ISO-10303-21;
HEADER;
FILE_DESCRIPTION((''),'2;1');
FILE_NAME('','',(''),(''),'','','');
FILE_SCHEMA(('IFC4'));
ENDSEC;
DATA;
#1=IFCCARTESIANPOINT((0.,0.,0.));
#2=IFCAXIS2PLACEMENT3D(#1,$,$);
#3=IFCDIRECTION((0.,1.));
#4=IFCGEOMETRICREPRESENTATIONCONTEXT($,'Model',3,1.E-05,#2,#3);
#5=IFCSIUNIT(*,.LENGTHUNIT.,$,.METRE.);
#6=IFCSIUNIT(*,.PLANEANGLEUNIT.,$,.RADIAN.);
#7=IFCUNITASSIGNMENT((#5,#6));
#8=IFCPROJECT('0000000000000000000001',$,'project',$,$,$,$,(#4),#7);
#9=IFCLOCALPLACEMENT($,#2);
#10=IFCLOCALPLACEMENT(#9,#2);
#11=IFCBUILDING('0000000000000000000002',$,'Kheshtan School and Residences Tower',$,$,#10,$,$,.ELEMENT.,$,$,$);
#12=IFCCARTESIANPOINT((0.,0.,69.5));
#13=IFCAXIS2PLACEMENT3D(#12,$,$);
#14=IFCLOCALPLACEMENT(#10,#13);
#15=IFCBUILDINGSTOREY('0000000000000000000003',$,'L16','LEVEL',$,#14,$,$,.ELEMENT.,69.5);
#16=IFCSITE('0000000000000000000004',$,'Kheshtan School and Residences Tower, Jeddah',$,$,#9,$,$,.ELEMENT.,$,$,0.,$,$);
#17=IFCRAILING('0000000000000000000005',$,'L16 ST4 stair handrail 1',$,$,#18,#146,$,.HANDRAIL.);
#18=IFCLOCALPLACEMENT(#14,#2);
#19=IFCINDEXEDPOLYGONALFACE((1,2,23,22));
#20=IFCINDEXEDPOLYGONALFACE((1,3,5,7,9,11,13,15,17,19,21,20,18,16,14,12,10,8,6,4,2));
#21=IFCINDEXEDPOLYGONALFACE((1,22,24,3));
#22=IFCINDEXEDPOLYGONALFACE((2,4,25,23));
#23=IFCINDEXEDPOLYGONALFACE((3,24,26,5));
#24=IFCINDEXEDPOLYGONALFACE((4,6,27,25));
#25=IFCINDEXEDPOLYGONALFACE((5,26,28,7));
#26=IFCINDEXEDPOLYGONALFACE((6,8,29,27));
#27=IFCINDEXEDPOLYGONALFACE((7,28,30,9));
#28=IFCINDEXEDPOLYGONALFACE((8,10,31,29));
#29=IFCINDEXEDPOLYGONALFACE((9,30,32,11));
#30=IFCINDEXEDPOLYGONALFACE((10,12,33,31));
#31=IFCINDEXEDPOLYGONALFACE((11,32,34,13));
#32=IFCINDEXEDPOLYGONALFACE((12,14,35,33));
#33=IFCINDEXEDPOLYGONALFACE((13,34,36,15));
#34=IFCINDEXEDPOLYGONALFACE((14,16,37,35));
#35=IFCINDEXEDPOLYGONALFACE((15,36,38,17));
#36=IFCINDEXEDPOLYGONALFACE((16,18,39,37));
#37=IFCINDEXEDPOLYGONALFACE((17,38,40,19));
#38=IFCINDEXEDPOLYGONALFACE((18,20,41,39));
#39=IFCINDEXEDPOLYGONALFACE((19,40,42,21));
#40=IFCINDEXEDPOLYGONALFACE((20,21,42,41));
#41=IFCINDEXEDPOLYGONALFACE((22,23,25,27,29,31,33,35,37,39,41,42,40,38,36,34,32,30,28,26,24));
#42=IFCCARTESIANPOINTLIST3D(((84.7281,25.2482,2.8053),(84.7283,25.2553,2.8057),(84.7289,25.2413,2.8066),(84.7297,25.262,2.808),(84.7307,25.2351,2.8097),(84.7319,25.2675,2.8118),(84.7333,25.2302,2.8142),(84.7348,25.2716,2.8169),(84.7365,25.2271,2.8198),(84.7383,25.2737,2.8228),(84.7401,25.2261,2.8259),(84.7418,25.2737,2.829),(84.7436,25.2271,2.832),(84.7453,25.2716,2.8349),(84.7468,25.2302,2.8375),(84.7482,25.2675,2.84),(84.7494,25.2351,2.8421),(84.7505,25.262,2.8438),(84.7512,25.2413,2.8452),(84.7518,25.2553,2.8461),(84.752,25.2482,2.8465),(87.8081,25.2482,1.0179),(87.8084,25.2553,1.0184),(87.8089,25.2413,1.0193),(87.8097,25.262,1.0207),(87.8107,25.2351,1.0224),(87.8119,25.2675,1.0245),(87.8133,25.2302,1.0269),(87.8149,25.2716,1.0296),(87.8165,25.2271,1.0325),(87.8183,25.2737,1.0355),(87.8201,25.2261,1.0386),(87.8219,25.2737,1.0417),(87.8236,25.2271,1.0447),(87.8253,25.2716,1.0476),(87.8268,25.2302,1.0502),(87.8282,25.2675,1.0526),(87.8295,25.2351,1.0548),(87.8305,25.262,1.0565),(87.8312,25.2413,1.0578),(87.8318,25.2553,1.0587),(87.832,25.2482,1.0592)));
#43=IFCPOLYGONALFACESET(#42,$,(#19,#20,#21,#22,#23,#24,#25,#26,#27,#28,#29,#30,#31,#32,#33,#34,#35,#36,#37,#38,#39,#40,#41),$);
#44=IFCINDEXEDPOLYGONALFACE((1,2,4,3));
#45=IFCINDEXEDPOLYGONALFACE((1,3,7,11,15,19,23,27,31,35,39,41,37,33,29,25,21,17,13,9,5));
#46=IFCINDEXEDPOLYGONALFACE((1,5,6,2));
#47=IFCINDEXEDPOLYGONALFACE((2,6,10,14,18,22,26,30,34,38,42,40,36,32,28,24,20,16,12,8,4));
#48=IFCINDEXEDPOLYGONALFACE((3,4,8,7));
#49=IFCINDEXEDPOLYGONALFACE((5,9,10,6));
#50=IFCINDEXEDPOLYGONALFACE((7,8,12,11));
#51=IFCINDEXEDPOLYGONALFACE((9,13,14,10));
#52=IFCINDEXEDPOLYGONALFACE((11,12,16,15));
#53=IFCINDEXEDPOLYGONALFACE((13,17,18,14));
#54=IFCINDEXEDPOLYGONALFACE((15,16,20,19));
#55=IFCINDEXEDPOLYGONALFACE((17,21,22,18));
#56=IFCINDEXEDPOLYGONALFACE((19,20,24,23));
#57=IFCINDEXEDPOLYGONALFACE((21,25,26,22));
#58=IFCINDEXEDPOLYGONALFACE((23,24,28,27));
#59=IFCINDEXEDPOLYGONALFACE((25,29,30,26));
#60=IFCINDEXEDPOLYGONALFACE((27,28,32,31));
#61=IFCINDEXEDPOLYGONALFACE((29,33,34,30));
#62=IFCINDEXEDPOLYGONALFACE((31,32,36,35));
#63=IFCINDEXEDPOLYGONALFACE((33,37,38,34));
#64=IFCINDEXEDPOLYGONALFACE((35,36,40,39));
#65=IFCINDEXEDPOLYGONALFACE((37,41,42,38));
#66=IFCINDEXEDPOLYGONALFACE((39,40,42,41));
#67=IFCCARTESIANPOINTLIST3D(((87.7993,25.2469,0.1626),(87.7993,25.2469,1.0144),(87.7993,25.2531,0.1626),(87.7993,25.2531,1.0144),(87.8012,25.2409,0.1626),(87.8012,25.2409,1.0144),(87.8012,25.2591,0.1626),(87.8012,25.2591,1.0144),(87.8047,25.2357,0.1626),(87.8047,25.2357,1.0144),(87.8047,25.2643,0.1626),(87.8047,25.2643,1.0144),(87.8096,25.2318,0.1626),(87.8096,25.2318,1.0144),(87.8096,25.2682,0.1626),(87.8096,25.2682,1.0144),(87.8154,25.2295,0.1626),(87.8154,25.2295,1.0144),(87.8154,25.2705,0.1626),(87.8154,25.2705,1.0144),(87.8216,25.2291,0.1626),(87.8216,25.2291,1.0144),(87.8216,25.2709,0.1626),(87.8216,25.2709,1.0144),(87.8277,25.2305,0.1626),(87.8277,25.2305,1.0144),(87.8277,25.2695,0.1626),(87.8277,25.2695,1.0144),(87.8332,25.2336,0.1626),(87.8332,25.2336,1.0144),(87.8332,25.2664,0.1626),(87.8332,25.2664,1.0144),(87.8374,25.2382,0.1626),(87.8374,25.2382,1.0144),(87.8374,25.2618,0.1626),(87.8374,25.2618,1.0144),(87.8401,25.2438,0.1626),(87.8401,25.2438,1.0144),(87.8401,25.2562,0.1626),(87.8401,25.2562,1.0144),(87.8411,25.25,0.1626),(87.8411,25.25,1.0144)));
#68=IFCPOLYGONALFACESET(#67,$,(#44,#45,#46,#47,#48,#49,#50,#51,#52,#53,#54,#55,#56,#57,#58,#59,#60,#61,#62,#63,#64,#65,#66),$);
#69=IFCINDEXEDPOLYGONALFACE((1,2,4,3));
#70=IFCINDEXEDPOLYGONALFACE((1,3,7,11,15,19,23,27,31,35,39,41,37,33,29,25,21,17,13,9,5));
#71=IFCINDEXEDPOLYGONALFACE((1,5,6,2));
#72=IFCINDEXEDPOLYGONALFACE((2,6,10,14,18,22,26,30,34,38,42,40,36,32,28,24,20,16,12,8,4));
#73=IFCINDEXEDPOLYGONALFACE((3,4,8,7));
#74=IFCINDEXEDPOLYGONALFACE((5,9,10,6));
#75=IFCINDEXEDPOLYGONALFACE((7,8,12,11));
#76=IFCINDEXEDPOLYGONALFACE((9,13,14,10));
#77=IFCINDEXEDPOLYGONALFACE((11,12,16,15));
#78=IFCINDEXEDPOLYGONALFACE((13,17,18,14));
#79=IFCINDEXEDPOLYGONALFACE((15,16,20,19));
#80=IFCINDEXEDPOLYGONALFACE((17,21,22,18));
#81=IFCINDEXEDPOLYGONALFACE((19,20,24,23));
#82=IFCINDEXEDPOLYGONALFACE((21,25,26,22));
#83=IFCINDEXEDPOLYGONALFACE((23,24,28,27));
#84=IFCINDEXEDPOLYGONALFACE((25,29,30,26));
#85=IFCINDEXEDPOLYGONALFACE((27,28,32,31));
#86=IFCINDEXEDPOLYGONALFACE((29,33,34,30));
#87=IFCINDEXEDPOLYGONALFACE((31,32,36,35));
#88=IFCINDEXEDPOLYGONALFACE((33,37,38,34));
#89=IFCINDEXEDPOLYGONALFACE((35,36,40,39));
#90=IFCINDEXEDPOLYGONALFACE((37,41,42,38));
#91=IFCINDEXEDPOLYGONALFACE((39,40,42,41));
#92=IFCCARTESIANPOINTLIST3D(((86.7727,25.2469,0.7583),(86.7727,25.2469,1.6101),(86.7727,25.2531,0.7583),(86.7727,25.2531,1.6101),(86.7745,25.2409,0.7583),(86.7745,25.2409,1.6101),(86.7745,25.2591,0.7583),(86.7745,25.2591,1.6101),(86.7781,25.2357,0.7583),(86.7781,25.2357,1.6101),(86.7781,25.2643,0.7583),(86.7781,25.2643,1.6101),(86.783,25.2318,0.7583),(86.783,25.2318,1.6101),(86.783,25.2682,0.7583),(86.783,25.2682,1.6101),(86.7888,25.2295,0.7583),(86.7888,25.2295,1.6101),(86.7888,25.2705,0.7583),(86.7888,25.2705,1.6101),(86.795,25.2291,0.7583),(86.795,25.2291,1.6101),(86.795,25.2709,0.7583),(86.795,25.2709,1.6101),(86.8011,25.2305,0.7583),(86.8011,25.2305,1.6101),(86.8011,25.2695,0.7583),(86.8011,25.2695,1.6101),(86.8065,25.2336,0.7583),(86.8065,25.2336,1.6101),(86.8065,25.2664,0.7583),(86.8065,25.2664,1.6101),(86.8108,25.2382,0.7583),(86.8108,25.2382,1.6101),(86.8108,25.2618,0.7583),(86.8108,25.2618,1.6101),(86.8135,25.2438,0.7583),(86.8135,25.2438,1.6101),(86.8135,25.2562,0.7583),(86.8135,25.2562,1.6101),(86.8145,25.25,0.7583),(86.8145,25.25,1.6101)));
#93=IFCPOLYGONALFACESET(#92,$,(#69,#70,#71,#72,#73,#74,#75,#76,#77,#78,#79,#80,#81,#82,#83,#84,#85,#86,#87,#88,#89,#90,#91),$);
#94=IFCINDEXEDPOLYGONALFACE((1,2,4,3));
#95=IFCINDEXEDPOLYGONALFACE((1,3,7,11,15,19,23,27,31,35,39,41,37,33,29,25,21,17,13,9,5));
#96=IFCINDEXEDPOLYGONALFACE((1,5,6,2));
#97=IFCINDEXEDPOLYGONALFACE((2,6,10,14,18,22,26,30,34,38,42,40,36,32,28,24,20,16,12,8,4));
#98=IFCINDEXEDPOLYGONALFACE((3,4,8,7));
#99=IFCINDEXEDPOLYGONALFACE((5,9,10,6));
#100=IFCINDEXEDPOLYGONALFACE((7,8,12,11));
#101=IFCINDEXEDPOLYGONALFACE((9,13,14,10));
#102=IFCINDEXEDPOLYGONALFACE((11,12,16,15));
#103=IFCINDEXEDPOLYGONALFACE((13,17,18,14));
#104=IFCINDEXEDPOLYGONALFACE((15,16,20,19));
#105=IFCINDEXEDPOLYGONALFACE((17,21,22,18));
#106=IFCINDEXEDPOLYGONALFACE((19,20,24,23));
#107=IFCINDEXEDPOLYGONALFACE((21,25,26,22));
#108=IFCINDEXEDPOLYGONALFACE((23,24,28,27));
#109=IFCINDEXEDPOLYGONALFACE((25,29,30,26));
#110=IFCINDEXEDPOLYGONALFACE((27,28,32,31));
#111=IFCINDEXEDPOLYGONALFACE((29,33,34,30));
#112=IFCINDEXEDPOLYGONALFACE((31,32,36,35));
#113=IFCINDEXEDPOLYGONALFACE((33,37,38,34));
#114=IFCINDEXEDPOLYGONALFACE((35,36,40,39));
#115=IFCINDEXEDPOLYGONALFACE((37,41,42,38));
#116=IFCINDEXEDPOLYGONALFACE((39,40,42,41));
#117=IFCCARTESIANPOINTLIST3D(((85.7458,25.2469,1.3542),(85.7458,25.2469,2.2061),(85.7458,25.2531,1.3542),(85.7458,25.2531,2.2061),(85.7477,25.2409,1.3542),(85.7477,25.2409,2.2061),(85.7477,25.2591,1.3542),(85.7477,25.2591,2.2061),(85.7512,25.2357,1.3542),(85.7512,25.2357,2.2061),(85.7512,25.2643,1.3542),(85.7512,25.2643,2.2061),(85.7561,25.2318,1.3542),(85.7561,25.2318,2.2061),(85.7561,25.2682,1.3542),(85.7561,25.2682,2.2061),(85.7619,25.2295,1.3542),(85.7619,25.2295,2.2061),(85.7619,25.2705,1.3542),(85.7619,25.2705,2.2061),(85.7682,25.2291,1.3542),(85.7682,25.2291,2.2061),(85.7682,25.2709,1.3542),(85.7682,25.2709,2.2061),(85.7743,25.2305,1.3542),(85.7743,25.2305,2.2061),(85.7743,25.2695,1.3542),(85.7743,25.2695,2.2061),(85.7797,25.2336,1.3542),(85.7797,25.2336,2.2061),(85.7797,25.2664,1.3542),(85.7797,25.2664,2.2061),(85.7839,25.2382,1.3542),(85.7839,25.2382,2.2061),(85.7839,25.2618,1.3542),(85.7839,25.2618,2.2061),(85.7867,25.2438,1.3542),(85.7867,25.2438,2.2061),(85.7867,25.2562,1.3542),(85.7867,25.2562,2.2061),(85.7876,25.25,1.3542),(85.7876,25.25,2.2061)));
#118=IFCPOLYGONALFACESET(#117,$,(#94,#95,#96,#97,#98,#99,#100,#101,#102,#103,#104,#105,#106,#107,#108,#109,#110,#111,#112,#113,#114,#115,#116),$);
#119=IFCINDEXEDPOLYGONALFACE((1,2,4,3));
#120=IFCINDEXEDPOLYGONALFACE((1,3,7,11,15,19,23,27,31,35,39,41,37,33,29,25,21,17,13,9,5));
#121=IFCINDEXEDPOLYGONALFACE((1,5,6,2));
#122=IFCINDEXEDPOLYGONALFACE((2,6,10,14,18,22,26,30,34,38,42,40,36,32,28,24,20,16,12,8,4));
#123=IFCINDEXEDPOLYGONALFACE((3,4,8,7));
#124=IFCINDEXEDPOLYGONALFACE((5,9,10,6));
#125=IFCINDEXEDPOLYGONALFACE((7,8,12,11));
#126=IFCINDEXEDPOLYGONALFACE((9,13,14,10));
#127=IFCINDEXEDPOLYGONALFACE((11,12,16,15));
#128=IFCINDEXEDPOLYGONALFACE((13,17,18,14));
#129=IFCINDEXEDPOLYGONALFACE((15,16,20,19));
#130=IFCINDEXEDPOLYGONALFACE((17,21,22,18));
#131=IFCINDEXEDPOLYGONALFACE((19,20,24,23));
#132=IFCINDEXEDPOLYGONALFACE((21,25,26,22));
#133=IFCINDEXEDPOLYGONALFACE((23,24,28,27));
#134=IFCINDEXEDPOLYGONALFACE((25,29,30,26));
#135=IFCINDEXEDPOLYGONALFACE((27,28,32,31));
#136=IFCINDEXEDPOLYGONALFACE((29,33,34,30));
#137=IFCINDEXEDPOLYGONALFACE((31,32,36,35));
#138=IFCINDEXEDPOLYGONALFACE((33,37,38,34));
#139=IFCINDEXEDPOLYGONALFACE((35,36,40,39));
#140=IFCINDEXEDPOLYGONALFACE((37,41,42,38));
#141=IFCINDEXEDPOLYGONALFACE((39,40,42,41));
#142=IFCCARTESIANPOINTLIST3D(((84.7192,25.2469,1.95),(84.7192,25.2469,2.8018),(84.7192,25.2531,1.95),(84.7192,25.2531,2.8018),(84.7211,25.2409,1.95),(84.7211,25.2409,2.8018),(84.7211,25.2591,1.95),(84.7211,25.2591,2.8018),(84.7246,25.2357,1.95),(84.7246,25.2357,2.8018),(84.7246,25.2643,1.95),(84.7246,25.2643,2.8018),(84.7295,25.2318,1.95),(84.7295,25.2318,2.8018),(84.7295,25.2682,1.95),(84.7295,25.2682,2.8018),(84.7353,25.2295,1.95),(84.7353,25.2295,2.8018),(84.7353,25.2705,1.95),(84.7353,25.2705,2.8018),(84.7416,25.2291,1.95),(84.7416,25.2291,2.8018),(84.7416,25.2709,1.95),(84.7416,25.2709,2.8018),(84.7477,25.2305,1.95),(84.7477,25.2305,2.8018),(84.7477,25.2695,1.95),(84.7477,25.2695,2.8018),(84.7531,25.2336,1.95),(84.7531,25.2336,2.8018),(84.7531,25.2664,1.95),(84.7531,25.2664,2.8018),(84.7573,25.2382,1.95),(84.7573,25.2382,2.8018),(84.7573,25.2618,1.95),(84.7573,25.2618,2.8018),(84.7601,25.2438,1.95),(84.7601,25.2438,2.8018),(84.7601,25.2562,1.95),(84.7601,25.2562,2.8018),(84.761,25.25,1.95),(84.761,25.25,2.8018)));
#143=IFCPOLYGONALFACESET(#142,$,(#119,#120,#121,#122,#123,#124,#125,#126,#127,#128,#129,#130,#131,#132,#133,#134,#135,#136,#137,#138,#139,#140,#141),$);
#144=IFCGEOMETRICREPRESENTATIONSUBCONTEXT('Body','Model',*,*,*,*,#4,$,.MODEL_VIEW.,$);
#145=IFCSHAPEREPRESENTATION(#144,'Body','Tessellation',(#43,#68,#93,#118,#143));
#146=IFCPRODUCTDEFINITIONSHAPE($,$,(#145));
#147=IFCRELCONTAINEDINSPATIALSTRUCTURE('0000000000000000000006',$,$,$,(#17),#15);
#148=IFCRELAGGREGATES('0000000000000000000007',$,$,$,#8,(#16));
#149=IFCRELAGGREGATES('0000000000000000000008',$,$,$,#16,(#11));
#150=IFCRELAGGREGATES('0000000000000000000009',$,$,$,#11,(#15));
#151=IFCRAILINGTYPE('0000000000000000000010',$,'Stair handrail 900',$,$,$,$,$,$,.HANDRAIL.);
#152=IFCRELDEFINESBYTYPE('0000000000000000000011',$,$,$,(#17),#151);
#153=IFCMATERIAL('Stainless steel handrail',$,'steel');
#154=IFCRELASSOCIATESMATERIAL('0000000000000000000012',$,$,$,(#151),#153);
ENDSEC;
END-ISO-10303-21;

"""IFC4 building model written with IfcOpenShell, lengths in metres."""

from ifc_helpers import new_model, si_unit, direction, frame, origin, origin_2d, place, context, subcontext, project, spatial, circle, extrude, material, type_object, element, save


model = new_model("IFC4")

# Units and contexts
model_context = context("Model", 3, precision=1e-05, world=origin(), true_north=direction((0.0, 1.0)))
body_context = subcontext(model_context, "Body", "Model", "MODEL_VIEW")
ifc_project = project(units=[si_unit("LENGTHUNIT", "METRE"), si_unit("PLANEANGLEUNIT", "RADIAN")], contexts=[model_context])

# Site, building, storey
site_placement = place(None, origin())
site = spatial("IfcSite", under=ifc_project, at=site_placement, Name="Kheshtan School and Residences Tower, Jeddah", CompositionType="ELEMENT", RefElevation=0.0)
building_placement = place(site_placement, origin())
building = spatial("IfcBuilding", under=site, at=building_placement, Name="Kheshtan School and Residences Tower", CompositionType="ELEMENT")
storey_placement = place(building_placement, frame((0.0, 0.0, 69.5)))
storey = spatial("IfcBuildingStorey", under=building, at=storey_placement, Name="L16", Description="LEVEL", CompositionType="ELEMENT", Elevation=69.5)

# Railing
ifc_material_1 = material(Name="Stainless steel handrail", Category="steel")
railing_type_1 = type_object("IfcRailingType", Name="Stair handrail 900", PredefinedType="HANDRAIL", material=ifc_material_1)
railing_1_placement = place(storey_placement, frame((87.8201, 25.25, 0.1626)))
element("IfcRailing", 1, at=railing_1_placement, inside=storey, type_object=railing_type_1, Name="L16 ST4 stair handrail 1", PredefinedType="HANDRAIL", context=body_context, shape_type="SweptSolid", body=[
    extrude(circle(Radius=0.0239, at=origin_2d()), frame((0.0, 0.0, 0.876), z_axis=(-0.86492, 0.0, 0.501909), x_axis=(0.0, -1.0, 0.0)), (0.0, 0.0, 1.0), 3.561),
    extrude(circle(Radius=0.021, at=origin_2d()), origin(), (0.0, 0.0, 1.0), 0.8518),
    extrude(circle(Radius=0.021, at=origin_2d()), frame((-1.0266, 0.0, 0.5957)), (0.0, 0.0, 1.0), 0.8518),
    extrude(circle(Radius=0.021, at=origin_2d()), frame((-2.0535, 0.0, 1.1917)), (0.0, 0.0, 1.0), 0.8518),
    extrude(circle(Radius=0.021, at=origin_2d()), frame((-3.0801, 0.0, 1.7874)), (0.0, 0.0, 1.0), 0.8518),
])

save(model, "model.ifc")
